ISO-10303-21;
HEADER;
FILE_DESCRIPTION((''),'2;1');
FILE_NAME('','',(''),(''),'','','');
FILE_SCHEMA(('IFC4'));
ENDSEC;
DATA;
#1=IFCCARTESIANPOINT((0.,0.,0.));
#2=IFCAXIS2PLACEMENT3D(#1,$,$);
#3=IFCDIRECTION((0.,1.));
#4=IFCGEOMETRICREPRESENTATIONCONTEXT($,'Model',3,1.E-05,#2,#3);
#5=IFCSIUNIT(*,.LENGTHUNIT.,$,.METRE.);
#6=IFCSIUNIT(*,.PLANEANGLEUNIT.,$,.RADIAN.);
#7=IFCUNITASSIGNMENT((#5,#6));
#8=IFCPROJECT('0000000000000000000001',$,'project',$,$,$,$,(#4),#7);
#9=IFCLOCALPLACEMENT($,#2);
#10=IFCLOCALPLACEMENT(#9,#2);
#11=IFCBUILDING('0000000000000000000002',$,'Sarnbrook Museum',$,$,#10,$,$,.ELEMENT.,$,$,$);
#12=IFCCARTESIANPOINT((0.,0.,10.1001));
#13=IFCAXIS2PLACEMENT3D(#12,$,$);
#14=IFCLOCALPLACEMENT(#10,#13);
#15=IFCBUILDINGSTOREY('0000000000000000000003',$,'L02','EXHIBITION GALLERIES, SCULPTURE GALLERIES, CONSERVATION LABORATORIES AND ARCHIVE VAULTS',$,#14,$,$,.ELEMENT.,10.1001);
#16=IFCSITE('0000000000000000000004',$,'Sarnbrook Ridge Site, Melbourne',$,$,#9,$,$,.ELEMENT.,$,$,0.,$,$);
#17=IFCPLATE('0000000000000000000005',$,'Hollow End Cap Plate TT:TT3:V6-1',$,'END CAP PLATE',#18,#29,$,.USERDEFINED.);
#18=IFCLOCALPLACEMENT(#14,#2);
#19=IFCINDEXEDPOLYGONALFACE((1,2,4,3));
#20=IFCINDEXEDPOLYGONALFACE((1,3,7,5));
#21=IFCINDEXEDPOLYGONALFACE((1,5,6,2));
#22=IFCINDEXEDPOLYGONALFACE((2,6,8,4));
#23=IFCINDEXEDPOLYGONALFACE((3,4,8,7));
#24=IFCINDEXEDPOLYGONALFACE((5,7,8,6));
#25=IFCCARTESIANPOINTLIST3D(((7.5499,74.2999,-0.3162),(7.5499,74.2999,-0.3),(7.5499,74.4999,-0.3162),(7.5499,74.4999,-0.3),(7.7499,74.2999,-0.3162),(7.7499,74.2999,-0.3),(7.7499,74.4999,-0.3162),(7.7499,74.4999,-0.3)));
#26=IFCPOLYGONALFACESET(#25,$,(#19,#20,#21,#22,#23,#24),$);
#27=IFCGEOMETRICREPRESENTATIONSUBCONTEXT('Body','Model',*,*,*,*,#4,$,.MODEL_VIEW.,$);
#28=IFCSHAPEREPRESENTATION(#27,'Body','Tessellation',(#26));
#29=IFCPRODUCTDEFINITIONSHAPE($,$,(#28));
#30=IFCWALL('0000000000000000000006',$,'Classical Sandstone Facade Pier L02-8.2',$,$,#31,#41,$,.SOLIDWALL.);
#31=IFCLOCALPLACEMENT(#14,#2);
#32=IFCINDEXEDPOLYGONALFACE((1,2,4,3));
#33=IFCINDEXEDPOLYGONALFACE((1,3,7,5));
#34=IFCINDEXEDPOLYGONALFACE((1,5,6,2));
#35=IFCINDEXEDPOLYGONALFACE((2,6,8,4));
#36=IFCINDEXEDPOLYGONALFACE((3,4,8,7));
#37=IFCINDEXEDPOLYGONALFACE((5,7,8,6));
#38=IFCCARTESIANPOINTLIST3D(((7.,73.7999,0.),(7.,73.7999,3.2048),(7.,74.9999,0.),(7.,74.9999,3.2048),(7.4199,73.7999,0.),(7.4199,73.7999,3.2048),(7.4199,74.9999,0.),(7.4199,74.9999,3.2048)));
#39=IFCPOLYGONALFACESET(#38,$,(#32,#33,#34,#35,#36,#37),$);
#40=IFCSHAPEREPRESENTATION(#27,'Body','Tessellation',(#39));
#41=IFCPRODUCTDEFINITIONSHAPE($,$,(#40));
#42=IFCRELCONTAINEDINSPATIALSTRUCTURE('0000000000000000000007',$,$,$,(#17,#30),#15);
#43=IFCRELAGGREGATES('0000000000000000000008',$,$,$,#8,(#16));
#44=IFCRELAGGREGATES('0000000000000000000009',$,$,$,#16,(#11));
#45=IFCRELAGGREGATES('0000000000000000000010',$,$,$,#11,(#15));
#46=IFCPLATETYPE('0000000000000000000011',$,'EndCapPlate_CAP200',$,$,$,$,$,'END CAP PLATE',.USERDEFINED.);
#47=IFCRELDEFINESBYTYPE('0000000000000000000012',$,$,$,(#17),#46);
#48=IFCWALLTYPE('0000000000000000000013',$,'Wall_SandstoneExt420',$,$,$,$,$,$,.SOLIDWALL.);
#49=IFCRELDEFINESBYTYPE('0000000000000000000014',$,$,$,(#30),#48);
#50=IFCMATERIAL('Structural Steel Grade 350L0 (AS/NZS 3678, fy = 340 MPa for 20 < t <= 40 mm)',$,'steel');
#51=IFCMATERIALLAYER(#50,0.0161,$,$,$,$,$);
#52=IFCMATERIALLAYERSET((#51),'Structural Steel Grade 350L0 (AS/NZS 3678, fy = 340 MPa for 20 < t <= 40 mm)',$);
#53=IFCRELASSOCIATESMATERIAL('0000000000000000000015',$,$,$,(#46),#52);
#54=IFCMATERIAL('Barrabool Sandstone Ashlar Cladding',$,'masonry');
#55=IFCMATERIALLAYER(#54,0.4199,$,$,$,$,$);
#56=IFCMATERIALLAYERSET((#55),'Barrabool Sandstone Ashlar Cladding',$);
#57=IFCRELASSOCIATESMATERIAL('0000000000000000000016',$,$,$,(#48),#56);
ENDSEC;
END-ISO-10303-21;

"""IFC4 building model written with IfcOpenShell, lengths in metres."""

from ifc_helpers import new_model, si_unit, direction, frame, frame_2d, origin, origin_2d, place, context, subcontext, project, spatial, rectangle, extrude, material, layer, layer_set, type_object, element, save


model = new_model("IFC4")

# Units and contexts
model_context = context("Model", 3, precision=1e-05, world=origin(), true_north=direction((0.0, 1.0)))
body_context = subcontext(model_context, "Body", "Model", "MODEL_VIEW")
ifc_project = project(units=[si_unit("LENGTHUNIT", "METRE"), si_unit("PLANEANGLEUNIT", "RADIAN")], contexts=[model_context])

# Site, building, storey
site_placement = place(None, origin())
site = spatial("IfcSite", under=ifc_project, at=site_placement, Name="Sarnbrook Ridge Site, Melbourne", CompositionType="ELEMENT", RefElevation=0.0)
building_placement = place(site_placement, origin())
building = spatial("IfcBuilding", under=site, at=building_placement, Name="Sarnbrook Museum", CompositionType="ELEMENT")
storey_placement = place(building_placement, frame((0.0, 0.0, 10.1001)))
storey = spatial("IfcBuildingStorey", under=building, at=storey_placement, Name="L02", Description="EXHIBITION GALLERIES, SCULPTURE GALLERIES, CONSERVATION LABORATORIES AND ARCHIVE VAULTS", CompositionType="ELEMENT", Elevation=10.1001)

# Plate
ifc_material_1 = material(Name="Structural Steel Grade 350L0 (AS/NZS 3678, fy = 340 MPa for 20 < t <= 40 mm)", Category="steel")
ifc_layer_1 = layer(ifc_material_1, 0.0161)
ifc_layer_set_1 = layer_set([ifc_layer_1], Name="Structural Steel Grade 350L0 (AS/NZS 3678, fy = 340 MPa for 20 < t <= 40 mm)")
plate_type_1 = type_object("IfcPlateType", Name="EndCapPlate_CAP200", ElementType="END CAP PLATE", PredefinedType="USERDEFINED", material=ifc_layer_set_1)
plate_1_placement = place(storey_placement, frame((7.6499, 74.3999, -0.3162), z_axis=(0.0, 0.0, 1.0), x_axis=(1.0, 0.0, 0.0)))
element("IfcPlate", 1, at=plate_1_placement, inside=storey, type_object=plate_type_1, Name="Hollow End Cap Plate TT:TT3:V6-1", ObjectType="END CAP PLATE", PredefinedType="USERDEFINED", context=body_context, shape_type="SweptSolid", body=[
    extrude(rectangle(XDim=0.2, YDim=0.2, at=origin_2d()), origin(), (0.0, 0.0, 1.0), 0.0161),
])

# Wall
ifc_material_2 = material(Name="Barrabool Sandstone Ashlar Cladding", Category="masonry")
ifc_layer_2 = layer(ifc_material_2, 0.4199)
ifc_layer_set_2 = layer_set([ifc_layer_2], Name="Barrabool Sandstone Ashlar Cladding")
wall_type = type_object("IfcWallType", Name="Wall_SandstoneExt420", PredefinedType="SOLIDWALL", material=ifc_layer_set_2)
wall_placement = place(storey_placement, frame((7.21, 75.0, 0.0), z_axis=(0.0, 0.0, 1.0), x_axis=(0.0, -1.0, 0.0)))
element("IfcWall", 2, at=wall_placement, inside=storey, type_object=wall_type, Name="Classical Sandstone Facade Pier L02-8.2", PredefinedType="SOLIDWALL", context=body_context, shape_type="SweptSolid", body=[
    extrude(rectangle(XDim=1.2, YDim=0.4199, at=frame_2d((0.6001, 0.0))), origin(), (0.0, 0.0, 1.0), 3.2048),
])

save(model, "model.ifc")
